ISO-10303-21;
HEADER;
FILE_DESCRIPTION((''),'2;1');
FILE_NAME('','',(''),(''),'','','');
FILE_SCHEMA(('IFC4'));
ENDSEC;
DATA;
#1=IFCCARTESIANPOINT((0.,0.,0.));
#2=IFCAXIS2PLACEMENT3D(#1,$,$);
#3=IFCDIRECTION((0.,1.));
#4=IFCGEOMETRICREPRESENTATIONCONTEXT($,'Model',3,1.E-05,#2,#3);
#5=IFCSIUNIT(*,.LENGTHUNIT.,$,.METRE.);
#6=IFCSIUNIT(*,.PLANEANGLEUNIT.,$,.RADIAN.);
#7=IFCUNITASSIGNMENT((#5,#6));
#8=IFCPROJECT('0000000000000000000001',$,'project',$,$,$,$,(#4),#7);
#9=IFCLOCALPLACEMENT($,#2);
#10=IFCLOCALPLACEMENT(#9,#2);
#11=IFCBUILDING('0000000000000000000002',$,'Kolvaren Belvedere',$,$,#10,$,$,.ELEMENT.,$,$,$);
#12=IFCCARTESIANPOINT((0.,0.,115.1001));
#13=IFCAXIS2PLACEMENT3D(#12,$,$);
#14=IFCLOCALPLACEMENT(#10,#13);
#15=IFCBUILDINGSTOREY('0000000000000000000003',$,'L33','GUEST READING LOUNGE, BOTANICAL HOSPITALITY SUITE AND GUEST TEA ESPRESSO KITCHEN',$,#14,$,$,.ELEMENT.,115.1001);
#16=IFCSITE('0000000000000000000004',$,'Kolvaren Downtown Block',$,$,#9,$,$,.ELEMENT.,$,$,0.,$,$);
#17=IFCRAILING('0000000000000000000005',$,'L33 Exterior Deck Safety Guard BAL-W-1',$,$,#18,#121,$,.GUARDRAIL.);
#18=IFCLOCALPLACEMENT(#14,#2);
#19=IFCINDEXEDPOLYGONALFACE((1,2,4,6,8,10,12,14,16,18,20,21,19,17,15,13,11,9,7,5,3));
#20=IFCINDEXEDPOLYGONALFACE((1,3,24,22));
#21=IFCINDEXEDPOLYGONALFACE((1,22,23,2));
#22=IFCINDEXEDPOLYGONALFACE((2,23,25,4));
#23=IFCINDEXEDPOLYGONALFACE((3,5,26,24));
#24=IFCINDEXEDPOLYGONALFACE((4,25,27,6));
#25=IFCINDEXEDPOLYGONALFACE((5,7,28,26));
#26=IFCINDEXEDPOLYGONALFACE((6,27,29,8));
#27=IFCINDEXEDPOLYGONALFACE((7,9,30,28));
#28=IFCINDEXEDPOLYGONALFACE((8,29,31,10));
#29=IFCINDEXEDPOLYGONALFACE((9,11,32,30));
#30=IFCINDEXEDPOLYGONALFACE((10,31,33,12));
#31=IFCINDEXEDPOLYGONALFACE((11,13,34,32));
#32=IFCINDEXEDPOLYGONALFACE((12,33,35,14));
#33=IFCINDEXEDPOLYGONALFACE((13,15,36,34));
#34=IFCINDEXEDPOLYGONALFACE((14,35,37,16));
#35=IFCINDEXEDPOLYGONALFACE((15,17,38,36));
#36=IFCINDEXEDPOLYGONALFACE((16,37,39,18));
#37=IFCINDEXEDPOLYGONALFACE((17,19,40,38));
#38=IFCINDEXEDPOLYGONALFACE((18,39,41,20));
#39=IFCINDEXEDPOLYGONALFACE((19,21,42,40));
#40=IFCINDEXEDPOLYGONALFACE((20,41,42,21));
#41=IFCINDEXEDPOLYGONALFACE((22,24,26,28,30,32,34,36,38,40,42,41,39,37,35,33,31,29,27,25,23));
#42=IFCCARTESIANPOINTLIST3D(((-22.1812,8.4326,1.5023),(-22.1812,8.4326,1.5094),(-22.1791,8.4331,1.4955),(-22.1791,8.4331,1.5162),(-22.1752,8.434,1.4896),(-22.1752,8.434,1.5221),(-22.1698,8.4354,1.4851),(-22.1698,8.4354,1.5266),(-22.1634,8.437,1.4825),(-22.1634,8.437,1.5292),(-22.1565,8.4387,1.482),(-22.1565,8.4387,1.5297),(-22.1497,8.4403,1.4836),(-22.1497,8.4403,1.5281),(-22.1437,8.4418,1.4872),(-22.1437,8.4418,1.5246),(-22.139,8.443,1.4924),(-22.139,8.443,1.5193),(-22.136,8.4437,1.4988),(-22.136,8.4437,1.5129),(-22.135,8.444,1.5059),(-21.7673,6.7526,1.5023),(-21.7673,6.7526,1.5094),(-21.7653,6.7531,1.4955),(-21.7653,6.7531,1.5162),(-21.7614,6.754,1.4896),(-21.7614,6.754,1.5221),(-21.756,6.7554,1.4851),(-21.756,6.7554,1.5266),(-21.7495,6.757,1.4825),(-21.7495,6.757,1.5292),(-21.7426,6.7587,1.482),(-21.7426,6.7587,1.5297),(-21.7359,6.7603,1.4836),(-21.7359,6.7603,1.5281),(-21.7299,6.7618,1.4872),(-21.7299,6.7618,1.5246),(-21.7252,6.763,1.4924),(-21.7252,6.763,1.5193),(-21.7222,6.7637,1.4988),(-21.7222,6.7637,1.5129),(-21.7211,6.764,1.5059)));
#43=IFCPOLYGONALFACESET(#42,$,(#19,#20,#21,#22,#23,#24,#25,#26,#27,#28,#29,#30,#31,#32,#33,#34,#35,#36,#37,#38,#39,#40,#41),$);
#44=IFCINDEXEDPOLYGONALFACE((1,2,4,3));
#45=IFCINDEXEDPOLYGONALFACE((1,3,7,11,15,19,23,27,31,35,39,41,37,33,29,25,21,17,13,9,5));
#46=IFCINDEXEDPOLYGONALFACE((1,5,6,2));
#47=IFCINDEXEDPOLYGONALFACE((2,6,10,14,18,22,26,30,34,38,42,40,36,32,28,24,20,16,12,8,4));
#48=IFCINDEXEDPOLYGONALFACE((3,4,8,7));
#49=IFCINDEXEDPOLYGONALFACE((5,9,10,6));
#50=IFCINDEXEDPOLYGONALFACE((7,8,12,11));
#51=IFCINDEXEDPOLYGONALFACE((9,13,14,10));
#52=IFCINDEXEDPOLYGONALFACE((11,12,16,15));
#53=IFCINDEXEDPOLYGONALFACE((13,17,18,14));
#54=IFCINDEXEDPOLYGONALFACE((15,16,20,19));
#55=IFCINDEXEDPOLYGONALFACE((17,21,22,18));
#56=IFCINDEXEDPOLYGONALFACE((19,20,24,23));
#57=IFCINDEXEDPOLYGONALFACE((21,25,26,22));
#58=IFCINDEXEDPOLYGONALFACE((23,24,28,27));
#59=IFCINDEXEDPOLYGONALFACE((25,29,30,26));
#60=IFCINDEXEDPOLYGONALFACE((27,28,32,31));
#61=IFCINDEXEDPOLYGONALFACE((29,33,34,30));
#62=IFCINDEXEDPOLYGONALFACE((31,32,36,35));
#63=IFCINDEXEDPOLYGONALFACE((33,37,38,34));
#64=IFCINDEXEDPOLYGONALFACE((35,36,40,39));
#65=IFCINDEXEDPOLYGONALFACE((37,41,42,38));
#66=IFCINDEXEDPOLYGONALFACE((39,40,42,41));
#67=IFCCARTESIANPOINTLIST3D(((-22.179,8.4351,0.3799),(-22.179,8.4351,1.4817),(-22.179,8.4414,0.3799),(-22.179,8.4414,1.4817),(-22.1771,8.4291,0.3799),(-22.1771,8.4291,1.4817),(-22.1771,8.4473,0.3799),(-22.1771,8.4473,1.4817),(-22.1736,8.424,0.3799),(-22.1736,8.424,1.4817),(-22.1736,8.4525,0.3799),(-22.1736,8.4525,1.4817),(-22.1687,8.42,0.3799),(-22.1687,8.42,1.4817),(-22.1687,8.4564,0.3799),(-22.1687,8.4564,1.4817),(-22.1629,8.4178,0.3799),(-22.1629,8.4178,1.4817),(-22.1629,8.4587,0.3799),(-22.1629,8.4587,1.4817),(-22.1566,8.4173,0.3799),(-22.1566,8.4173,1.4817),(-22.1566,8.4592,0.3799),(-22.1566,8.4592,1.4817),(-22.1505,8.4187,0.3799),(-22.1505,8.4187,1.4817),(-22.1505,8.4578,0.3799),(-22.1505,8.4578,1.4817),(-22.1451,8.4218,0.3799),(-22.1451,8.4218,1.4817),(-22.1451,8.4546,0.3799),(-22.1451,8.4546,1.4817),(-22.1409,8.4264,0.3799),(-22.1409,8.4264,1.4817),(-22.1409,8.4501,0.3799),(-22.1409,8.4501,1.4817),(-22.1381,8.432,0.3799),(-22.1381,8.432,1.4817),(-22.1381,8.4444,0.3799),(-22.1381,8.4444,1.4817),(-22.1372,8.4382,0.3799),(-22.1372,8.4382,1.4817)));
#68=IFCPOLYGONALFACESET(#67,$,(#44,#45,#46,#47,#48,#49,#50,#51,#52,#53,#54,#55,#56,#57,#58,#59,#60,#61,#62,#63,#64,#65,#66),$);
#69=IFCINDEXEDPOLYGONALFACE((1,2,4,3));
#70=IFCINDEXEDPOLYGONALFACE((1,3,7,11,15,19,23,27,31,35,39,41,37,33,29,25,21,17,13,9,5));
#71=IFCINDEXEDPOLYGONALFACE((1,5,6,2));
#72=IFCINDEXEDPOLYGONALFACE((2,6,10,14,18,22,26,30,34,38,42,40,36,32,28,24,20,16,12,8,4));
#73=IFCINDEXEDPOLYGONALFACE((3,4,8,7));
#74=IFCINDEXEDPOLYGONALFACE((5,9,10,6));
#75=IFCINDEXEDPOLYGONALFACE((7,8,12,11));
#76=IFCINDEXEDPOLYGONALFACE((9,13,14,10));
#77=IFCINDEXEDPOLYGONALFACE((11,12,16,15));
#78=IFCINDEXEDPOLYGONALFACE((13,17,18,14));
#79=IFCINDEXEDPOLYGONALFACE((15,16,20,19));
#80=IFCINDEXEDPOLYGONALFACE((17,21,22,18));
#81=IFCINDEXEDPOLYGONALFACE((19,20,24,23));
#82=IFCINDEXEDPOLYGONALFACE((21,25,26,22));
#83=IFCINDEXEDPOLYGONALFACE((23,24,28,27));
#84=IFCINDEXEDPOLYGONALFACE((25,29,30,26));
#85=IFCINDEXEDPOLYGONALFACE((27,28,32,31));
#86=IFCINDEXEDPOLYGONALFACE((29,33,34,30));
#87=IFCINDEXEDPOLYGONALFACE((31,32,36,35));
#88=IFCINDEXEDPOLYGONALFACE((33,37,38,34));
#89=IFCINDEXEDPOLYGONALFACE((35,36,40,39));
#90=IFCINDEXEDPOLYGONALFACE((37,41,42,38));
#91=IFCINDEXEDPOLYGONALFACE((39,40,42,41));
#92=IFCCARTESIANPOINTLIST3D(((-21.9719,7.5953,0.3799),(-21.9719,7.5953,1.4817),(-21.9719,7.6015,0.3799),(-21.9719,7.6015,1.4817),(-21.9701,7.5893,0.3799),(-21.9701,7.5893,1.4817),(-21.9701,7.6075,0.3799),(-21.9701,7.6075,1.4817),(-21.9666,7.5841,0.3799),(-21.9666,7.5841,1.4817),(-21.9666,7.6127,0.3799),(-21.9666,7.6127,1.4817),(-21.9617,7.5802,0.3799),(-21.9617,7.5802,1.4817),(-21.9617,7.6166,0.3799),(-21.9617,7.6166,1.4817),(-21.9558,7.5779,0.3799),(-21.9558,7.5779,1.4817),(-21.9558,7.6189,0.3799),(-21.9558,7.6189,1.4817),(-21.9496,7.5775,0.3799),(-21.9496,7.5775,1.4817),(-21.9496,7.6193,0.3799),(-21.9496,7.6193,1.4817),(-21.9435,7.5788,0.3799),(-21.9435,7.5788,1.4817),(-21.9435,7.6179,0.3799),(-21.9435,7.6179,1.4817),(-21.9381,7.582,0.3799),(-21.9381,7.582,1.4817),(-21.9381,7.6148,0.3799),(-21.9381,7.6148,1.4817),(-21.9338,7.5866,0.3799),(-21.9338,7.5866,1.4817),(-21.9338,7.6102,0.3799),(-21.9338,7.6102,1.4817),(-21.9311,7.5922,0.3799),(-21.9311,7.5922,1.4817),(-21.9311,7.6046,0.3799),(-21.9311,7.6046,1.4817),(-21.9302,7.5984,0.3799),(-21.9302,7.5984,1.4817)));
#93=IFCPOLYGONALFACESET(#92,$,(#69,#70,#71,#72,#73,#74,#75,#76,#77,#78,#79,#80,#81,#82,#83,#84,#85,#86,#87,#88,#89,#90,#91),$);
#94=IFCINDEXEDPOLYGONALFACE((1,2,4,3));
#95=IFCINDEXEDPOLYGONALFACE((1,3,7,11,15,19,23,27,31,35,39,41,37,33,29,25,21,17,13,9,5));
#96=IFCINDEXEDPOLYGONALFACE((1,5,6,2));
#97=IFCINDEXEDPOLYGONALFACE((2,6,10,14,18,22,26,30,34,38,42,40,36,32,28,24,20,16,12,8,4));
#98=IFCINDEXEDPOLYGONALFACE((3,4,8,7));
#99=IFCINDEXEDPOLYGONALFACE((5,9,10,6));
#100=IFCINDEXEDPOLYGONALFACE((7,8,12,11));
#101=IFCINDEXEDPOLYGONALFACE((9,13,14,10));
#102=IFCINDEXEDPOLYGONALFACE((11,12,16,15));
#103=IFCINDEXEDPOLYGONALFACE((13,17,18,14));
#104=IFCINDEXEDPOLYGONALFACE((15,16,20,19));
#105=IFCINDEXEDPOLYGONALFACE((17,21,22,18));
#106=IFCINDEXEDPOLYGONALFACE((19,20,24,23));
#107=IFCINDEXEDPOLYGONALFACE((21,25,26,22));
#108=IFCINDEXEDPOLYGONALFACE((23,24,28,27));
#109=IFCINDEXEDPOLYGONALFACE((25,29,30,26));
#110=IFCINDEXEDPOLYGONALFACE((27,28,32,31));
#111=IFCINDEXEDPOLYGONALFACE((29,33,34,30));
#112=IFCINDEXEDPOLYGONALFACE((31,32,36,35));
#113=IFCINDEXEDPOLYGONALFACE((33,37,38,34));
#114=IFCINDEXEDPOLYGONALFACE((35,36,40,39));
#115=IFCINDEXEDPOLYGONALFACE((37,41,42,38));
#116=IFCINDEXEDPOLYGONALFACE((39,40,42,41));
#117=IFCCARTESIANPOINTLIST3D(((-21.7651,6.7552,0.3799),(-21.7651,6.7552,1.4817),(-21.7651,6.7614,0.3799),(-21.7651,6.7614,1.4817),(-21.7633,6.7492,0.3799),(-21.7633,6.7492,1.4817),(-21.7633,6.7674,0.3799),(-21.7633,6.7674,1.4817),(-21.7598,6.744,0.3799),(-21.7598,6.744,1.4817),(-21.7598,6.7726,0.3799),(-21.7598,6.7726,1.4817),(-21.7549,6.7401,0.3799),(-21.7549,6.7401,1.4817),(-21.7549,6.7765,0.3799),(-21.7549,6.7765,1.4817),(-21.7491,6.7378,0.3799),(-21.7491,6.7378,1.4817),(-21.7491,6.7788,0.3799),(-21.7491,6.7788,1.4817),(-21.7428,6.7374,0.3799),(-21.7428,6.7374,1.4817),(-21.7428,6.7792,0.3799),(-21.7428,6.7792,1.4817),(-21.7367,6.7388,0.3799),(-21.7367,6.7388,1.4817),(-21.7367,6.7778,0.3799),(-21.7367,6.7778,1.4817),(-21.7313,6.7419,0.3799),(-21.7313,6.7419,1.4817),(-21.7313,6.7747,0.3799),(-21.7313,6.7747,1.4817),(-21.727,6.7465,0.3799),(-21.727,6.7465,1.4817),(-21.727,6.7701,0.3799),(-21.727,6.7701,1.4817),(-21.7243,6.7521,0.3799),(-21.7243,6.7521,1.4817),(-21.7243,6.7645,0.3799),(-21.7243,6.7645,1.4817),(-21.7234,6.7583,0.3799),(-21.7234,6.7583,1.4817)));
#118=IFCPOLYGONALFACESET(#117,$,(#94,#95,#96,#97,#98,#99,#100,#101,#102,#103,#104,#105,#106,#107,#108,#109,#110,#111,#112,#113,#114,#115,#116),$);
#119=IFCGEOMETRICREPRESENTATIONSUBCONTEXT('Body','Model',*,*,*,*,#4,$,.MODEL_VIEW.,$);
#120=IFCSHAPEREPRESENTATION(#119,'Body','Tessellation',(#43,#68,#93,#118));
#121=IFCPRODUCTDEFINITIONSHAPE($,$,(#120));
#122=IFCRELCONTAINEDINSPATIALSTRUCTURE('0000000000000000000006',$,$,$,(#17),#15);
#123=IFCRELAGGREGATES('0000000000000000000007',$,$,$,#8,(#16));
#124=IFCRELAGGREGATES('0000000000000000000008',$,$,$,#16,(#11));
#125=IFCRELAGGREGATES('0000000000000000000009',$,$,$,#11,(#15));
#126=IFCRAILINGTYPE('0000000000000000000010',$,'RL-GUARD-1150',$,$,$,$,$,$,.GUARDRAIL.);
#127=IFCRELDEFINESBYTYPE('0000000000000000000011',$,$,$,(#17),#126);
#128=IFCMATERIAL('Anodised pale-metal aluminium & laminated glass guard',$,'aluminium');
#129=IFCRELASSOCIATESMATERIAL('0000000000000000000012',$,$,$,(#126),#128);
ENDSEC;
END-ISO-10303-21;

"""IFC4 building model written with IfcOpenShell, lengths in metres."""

from ifc_helpers import new_model, si_unit, direction, frame, origin, origin_2d, place, context, subcontext, project, spatial, circle, extrude, material, type_object, element, save


model = new_model("IFC4")

# Units and contexts
model_context = context("Model", 3, precision=1e-05, world=origin(), true_north=direction((0.0, 1.0)))
body_context = subcontext(model_context, "Body", "Model", "MODEL_VIEW")
ifc_project = project(units=[si_unit("LENGTHUNIT", "METRE"), si_unit("PLANEANGLEUNIT", "RADIAN")], contexts=[model_context])

# Site, building, storey
site_placement = place(None, origin())
site = spatial("IfcSite", under=ifc_project, at=site_placement, Name="Kolvaren Downtown Block", CompositionType="ELEMENT", RefElevation=0.0)
building_placement = place(site_placement, origin())
building = spatial("IfcBuilding", under=site, at=building_placement, Name="Kolvaren Belvedere", CompositionType="ELEMENT")
storey_placement = place(building_placement, frame((0.0, 0.0, 115.1001)))
storey = spatial("IfcBuildingStorey", under=building, at=storey_placement, Name="L33", Description="GUEST READING LOUNGE, BOTANICAL HOSPITALITY SUITE AND GUEST TEA ESPRESSO KITCHEN", CompositionType="ELEMENT", Elevation=115.1001)

# Railing
ifc_material_1 = material(Name="Anodised pale-metal aluminium & laminated glass guard", Category="aluminium")
railing_type = type_object("IfcRailingType", Name="RL-GUARD-1150", PredefinedType="GUARDRAIL", material=ifc_material_1)
railing_1_placement = place(storey_placement, frame((-22.1582, 8.4382, 0.3799)))
element("IfcRailing", 1, at=railing_1_placement, inside=storey, type_object=railing_type, Name="L33 Exterior Deck Safety Guard BAL-W-1", PredefinedType="GUARDRAIL", context=body_context, shape_type="SweptSolid", body=[
    extrude(circle(Radius=0.0239, at=origin_2d()), frame((0.0, 0.0, 1.126), z_axis=(0.239181, -0.970975, 0.0), x_axis=(0.970975, 0.239181, 0.0)), (0.0, 0.0, 1.0), 1.7302),
    extrude(circle(Radius=0.021, at=origin_2d()), origin(), (0.0, 0.0, 1.0), 1.1018),
    extrude(circle(Radius=0.021, at=origin_2d()), frame((0.207, -0.8398, 0.0)), (0.0, 0.0, 1.0), 1.1018),
    extrude(circle(Radius=0.021, at=origin_2d()), frame((0.4138, -1.6799, 0.0)), (0.0, 0.0, 1.0), 1.1018),
])

save(model, "model.ifc")
